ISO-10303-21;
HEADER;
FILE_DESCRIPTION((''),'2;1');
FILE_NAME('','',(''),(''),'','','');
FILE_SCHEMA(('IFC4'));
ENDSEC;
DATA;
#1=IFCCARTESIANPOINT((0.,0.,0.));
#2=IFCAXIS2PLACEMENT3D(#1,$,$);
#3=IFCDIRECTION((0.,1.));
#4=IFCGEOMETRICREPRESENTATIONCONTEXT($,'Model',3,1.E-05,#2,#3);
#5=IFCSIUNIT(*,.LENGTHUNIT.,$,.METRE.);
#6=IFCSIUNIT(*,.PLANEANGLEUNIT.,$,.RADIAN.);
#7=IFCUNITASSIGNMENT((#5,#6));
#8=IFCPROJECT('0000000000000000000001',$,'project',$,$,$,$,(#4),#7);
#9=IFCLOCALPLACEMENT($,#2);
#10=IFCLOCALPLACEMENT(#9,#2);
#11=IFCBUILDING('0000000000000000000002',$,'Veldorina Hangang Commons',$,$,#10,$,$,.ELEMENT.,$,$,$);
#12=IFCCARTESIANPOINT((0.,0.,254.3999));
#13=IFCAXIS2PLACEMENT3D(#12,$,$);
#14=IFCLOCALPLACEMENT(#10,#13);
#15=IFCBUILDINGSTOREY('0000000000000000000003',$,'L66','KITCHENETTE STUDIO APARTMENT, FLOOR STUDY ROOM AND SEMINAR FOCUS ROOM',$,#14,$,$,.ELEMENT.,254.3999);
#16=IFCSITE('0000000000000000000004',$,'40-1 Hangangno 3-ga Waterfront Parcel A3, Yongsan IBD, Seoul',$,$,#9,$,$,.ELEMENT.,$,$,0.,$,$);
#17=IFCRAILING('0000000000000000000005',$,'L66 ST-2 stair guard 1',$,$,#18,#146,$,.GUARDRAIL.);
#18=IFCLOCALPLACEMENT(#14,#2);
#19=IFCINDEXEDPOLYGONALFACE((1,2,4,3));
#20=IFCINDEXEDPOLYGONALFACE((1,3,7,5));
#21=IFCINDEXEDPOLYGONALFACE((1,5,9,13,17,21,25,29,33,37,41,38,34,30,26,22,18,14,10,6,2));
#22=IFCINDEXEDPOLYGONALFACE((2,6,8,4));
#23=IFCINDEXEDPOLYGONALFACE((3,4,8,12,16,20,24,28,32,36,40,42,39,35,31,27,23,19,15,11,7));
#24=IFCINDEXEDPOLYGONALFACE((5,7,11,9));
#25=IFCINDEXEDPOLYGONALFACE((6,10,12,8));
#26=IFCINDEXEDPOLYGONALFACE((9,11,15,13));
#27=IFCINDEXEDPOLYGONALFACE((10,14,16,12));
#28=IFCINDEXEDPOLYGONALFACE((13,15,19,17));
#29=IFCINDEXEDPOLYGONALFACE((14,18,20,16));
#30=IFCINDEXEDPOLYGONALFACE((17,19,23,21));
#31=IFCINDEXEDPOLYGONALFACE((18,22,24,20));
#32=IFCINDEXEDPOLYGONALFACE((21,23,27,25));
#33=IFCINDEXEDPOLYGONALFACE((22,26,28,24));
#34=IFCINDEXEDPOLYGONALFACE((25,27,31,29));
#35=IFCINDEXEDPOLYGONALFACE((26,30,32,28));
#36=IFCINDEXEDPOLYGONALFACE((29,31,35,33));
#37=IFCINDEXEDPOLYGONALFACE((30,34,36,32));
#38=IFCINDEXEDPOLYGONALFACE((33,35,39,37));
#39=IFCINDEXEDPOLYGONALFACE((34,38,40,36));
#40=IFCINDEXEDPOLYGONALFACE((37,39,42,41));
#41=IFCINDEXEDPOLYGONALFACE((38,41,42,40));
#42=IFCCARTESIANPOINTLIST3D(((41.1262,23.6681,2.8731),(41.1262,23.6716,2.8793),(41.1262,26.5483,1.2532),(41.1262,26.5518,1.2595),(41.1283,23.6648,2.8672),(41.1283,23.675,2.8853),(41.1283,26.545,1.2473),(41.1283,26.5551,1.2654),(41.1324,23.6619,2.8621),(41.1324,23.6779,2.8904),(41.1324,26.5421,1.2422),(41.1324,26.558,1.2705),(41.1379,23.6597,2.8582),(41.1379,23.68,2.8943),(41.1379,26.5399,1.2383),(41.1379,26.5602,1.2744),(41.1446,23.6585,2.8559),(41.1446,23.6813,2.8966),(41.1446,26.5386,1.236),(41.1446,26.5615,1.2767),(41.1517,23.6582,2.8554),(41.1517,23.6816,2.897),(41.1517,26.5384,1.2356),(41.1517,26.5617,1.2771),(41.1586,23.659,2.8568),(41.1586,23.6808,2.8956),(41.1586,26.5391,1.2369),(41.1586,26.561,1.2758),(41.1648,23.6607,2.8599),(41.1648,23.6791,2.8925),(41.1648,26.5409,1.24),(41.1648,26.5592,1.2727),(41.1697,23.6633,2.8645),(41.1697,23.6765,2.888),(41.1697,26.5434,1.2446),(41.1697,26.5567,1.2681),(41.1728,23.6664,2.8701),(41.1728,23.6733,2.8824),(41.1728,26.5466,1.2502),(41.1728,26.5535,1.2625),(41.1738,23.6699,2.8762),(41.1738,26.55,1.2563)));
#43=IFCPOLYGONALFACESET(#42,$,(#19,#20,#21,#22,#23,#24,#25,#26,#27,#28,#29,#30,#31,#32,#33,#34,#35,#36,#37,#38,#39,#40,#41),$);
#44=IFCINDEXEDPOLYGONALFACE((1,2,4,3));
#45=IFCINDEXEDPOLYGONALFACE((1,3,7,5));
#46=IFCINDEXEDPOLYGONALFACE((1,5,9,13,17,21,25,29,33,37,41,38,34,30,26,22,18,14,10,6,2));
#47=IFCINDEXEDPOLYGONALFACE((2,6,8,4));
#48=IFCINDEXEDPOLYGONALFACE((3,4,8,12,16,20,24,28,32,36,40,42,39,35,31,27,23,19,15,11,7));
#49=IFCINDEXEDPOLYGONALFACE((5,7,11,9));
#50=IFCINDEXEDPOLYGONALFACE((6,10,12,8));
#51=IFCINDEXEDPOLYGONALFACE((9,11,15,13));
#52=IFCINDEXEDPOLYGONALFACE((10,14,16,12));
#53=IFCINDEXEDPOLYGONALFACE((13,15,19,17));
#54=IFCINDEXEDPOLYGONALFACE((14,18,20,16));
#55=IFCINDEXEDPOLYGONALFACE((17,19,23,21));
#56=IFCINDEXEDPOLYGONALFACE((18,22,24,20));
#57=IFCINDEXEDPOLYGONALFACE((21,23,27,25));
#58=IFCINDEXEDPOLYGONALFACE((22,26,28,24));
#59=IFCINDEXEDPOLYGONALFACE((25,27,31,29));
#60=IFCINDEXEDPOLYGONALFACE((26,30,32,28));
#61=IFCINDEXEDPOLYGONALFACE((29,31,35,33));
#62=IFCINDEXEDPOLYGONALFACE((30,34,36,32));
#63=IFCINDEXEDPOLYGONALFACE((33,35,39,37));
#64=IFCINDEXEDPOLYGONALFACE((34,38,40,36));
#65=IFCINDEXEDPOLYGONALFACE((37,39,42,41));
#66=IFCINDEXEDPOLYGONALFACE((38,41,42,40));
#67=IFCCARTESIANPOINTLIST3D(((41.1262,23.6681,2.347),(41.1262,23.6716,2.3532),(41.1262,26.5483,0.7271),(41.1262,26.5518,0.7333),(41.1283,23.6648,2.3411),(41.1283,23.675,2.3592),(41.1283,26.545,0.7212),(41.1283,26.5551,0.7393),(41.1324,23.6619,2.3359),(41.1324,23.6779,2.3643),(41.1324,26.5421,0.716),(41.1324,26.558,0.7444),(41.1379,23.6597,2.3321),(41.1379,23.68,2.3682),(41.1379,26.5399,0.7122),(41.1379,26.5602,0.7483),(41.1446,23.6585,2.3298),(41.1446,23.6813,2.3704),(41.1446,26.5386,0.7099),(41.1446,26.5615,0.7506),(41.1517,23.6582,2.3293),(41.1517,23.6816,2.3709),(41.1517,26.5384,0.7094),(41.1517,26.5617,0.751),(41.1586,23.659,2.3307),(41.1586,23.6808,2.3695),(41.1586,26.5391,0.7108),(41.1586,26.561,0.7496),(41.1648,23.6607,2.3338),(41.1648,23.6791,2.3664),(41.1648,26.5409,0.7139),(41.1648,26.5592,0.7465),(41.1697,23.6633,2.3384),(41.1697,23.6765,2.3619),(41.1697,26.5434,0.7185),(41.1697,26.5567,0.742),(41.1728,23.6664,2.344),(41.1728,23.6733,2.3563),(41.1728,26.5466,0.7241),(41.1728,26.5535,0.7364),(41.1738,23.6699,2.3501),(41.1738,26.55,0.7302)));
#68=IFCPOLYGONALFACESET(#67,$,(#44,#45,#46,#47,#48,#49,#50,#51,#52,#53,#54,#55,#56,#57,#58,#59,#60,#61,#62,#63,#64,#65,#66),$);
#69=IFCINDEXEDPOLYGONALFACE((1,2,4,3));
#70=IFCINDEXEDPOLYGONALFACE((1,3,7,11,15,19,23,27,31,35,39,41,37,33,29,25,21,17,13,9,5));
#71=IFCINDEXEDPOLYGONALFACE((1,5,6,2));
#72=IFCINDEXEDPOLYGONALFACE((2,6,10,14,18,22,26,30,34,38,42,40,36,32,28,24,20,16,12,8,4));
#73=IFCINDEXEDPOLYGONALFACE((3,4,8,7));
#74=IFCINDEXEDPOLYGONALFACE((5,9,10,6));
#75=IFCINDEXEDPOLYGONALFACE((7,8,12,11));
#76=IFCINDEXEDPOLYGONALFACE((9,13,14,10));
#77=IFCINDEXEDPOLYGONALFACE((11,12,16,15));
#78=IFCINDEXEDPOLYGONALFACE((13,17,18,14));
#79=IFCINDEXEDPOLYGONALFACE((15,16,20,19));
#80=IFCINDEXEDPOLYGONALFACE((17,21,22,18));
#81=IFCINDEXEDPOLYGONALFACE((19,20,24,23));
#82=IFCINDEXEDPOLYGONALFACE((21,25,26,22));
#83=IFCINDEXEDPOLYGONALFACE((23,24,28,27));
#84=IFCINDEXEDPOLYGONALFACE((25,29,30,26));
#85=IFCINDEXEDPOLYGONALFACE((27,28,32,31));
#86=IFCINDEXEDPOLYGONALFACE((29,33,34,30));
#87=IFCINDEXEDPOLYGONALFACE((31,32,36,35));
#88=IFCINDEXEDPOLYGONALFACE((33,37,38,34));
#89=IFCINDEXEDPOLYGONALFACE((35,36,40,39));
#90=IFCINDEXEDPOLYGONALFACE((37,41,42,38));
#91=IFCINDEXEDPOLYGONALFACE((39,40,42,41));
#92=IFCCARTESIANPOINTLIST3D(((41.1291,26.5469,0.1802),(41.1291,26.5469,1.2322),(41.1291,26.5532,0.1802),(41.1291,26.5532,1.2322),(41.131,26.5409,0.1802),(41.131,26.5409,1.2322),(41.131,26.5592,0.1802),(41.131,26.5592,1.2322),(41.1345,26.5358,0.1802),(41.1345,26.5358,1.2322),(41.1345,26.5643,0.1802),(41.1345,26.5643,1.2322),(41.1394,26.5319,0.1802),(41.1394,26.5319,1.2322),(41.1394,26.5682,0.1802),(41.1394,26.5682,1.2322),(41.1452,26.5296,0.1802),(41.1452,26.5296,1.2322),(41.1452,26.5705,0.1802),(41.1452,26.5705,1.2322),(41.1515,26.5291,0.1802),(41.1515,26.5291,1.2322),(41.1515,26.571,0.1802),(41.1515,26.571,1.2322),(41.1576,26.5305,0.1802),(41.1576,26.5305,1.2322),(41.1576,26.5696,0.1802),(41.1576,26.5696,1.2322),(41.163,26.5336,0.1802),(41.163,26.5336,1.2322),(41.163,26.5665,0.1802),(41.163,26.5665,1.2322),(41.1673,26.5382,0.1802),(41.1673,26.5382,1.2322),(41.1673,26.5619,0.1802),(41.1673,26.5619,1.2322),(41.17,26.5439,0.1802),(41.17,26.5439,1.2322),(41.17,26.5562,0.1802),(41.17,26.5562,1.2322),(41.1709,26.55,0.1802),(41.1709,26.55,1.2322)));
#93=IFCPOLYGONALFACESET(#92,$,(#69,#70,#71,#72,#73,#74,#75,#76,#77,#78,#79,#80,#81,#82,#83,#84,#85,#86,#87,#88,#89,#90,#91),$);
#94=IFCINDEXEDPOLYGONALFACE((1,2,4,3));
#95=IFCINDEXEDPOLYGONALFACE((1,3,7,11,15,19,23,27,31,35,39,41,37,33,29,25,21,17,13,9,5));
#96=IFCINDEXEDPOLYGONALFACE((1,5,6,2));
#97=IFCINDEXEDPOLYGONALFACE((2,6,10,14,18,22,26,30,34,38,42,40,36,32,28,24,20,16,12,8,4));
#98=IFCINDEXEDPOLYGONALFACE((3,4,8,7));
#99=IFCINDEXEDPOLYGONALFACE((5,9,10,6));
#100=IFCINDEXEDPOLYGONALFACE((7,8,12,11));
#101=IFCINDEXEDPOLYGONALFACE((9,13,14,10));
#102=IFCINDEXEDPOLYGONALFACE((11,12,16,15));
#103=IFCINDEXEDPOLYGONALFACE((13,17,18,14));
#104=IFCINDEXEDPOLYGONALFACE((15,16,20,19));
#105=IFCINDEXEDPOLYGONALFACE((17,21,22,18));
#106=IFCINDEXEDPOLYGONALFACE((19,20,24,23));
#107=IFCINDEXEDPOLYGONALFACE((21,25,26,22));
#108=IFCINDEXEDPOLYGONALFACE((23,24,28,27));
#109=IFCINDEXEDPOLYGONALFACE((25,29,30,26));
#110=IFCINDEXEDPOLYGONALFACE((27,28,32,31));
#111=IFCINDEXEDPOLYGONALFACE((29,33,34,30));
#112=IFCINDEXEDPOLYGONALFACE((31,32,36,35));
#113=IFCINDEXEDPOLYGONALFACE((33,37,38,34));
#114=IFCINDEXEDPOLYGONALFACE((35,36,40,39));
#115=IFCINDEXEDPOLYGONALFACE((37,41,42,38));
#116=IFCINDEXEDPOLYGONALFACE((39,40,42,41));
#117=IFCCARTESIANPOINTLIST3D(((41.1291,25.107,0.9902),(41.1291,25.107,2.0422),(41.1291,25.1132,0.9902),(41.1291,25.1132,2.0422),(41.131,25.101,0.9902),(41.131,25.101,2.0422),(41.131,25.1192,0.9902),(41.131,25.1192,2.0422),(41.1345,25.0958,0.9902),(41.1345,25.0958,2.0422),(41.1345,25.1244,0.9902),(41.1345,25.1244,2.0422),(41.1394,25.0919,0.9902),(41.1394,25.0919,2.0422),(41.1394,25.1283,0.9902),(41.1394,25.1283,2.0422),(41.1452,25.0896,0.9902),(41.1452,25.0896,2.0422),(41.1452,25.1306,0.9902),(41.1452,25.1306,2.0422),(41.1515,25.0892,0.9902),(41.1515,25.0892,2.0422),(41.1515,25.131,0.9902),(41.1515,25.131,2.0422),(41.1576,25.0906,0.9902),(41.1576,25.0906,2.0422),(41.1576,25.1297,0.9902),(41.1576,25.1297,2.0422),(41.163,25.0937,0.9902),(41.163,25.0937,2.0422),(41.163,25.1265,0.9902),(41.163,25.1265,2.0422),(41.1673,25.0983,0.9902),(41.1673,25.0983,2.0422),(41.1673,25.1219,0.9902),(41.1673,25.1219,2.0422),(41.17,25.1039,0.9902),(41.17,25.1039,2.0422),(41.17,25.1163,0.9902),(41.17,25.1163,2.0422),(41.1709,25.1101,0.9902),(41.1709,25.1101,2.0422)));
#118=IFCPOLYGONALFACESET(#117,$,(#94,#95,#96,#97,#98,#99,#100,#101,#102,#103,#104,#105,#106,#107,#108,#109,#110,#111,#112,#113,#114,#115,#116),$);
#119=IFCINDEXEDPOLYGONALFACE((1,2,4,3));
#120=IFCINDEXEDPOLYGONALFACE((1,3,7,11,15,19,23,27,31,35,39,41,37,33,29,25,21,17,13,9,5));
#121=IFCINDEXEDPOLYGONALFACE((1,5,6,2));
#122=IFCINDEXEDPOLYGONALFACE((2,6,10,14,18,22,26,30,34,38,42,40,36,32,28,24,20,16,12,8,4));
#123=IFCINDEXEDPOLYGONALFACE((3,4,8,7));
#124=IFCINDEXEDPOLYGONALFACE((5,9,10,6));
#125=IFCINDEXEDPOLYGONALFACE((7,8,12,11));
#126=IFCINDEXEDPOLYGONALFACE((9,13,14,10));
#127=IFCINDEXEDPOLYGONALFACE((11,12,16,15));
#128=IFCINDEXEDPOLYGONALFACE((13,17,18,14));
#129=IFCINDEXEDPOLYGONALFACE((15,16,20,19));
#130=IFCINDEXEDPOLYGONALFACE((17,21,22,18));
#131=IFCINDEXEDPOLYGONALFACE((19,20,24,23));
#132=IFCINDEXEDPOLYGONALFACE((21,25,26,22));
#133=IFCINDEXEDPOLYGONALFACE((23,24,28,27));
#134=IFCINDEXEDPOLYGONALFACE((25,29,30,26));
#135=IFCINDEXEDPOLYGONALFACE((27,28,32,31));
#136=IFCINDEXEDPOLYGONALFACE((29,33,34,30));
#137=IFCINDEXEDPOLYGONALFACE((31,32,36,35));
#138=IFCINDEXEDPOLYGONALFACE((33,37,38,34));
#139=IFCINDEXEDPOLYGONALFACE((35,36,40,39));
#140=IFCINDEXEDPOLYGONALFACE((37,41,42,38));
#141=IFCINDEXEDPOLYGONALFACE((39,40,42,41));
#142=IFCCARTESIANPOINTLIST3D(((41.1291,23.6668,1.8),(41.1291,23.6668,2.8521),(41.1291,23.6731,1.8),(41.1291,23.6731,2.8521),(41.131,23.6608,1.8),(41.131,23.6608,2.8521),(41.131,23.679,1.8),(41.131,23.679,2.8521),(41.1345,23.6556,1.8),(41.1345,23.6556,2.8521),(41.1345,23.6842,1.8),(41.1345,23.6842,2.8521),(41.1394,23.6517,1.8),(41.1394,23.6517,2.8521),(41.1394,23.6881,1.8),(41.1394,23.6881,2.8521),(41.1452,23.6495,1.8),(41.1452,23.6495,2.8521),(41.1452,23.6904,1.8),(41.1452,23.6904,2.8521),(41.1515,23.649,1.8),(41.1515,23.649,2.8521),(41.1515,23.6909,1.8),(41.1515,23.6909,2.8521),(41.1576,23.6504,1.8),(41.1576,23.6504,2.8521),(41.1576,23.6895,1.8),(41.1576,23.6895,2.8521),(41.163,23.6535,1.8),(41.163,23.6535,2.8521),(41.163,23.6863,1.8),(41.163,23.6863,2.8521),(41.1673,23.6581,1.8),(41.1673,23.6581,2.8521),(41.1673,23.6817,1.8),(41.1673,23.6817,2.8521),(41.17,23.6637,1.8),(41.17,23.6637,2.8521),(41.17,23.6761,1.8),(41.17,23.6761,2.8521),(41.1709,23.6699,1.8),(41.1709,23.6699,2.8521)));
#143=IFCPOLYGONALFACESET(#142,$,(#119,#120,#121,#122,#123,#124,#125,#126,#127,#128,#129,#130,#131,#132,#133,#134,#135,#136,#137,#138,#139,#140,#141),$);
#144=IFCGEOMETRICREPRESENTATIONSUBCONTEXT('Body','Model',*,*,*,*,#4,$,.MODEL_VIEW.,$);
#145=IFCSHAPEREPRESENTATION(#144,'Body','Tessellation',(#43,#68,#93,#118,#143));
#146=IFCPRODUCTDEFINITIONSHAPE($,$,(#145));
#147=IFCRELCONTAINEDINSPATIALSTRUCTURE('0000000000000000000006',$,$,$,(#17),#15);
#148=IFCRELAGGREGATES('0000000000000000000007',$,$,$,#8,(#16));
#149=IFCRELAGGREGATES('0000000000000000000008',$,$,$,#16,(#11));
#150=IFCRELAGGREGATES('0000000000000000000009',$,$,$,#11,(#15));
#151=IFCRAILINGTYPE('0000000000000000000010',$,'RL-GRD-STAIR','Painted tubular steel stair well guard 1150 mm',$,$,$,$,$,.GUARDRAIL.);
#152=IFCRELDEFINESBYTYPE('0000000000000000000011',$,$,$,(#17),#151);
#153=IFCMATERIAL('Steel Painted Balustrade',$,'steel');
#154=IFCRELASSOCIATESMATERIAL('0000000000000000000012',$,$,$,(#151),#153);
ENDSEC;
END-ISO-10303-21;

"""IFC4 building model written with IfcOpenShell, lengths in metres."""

from ifc_helpers import new_model, si_unit, direction, frame, origin, origin_2d, place, context, subcontext, project, spatial, circle, extrude, material, type_object, element, save


model = new_model("IFC4")

# Units and contexts
model_context = context("Model", 3, precision=1e-05, world=origin(), true_north=direction((0.0, 1.0)))
body_context = subcontext(model_context, "Body", "Model", "MODEL_VIEW")
ifc_project = project(units=[si_unit("LENGTHUNIT", "METRE"), si_unit("PLANEANGLEUNIT", "RADIAN")], contexts=[model_context])

# Site, building, storey
site_placement = place(None, origin())
site = spatial("IfcSite", under=ifc_project, at=site_placement, Name="40-1 Hangangno 3-ga Waterfront Parcel A3, Yongsan IBD, Seoul", CompositionType="ELEMENT", RefElevation=0.0)
building_placement = place(site_placement, origin())
building = spatial("IfcBuilding", under=site, at=building_placement, Name="Veldorina Hangang Commons", CompositionType="ELEMENT")
storey_placement = place(building_placement, frame((0.0, 0.0, 254.3999)))
storey = spatial("IfcBuildingStorey", under=building, at=storey_placement, Name="L66", Description="KITCHENETTE STUDIO APARTMENT, FLOOR STUDY ROOM AND SEMINAR FOCUS ROOM", CompositionType="ELEMENT", Elevation=254.3999)

# Railing
ifc_material_1 = material(Name="Steel Painted Balustrade", Category="steel")
railing_type_1 = type_object("IfcRailingType", Name="RL-GRD-STAIR", Description="Painted tubular steel stair well guard 1150 mm", PredefinedType="GUARDRAIL", material=ifc_material_1)
railing_1_placement = place(storey_placement, frame((41.1499, 26.55, 0.1802)))
element("IfcRailing", 1, at=railing_1_placement, inside=storey, type_object=railing_type_1, Name="L66 ST-2 stair guard 1", PredefinedType="GUARDRAIL", context=body_context, shape_type="SweptSolid", body=[
    extrude(circle(Radius=0.0239, at=origin_2d()), frame((0.0, 0.0, 1.0762), z_axis=(0.0, -0.871601, 0.490216), x_axis=(1.0, 0.0, 0.0)), (0.0, 0.0, 1.0), 3.3044),
    extrude(circle(Radius=0.0239, at=origin_2d()), frame((0.0, 0.0, 0.55), z_axis=(0.0, -0.871601, 0.490216), x_axis=(1.0, 0.0, 0.0)), (0.0, 0.0, 1.0), 3.3044),
    extrude(circle(Radius=0.021, at=origin_2d()), origin(), (0.0, 0.0, 1.0), 1.052),
    extrude(circle(Radius=0.021, at=origin_2d()), frame((0.0, -1.4399, 0.8101)), (0.0, 0.0, 1.0), 1.052),
    extrude(circle(Radius=0.021, at=origin_2d()), frame((0.0, -2.8801, 1.6199)), (0.0, 0.0, 1.0), 1.052),
])

save(model, "model.ifc")
